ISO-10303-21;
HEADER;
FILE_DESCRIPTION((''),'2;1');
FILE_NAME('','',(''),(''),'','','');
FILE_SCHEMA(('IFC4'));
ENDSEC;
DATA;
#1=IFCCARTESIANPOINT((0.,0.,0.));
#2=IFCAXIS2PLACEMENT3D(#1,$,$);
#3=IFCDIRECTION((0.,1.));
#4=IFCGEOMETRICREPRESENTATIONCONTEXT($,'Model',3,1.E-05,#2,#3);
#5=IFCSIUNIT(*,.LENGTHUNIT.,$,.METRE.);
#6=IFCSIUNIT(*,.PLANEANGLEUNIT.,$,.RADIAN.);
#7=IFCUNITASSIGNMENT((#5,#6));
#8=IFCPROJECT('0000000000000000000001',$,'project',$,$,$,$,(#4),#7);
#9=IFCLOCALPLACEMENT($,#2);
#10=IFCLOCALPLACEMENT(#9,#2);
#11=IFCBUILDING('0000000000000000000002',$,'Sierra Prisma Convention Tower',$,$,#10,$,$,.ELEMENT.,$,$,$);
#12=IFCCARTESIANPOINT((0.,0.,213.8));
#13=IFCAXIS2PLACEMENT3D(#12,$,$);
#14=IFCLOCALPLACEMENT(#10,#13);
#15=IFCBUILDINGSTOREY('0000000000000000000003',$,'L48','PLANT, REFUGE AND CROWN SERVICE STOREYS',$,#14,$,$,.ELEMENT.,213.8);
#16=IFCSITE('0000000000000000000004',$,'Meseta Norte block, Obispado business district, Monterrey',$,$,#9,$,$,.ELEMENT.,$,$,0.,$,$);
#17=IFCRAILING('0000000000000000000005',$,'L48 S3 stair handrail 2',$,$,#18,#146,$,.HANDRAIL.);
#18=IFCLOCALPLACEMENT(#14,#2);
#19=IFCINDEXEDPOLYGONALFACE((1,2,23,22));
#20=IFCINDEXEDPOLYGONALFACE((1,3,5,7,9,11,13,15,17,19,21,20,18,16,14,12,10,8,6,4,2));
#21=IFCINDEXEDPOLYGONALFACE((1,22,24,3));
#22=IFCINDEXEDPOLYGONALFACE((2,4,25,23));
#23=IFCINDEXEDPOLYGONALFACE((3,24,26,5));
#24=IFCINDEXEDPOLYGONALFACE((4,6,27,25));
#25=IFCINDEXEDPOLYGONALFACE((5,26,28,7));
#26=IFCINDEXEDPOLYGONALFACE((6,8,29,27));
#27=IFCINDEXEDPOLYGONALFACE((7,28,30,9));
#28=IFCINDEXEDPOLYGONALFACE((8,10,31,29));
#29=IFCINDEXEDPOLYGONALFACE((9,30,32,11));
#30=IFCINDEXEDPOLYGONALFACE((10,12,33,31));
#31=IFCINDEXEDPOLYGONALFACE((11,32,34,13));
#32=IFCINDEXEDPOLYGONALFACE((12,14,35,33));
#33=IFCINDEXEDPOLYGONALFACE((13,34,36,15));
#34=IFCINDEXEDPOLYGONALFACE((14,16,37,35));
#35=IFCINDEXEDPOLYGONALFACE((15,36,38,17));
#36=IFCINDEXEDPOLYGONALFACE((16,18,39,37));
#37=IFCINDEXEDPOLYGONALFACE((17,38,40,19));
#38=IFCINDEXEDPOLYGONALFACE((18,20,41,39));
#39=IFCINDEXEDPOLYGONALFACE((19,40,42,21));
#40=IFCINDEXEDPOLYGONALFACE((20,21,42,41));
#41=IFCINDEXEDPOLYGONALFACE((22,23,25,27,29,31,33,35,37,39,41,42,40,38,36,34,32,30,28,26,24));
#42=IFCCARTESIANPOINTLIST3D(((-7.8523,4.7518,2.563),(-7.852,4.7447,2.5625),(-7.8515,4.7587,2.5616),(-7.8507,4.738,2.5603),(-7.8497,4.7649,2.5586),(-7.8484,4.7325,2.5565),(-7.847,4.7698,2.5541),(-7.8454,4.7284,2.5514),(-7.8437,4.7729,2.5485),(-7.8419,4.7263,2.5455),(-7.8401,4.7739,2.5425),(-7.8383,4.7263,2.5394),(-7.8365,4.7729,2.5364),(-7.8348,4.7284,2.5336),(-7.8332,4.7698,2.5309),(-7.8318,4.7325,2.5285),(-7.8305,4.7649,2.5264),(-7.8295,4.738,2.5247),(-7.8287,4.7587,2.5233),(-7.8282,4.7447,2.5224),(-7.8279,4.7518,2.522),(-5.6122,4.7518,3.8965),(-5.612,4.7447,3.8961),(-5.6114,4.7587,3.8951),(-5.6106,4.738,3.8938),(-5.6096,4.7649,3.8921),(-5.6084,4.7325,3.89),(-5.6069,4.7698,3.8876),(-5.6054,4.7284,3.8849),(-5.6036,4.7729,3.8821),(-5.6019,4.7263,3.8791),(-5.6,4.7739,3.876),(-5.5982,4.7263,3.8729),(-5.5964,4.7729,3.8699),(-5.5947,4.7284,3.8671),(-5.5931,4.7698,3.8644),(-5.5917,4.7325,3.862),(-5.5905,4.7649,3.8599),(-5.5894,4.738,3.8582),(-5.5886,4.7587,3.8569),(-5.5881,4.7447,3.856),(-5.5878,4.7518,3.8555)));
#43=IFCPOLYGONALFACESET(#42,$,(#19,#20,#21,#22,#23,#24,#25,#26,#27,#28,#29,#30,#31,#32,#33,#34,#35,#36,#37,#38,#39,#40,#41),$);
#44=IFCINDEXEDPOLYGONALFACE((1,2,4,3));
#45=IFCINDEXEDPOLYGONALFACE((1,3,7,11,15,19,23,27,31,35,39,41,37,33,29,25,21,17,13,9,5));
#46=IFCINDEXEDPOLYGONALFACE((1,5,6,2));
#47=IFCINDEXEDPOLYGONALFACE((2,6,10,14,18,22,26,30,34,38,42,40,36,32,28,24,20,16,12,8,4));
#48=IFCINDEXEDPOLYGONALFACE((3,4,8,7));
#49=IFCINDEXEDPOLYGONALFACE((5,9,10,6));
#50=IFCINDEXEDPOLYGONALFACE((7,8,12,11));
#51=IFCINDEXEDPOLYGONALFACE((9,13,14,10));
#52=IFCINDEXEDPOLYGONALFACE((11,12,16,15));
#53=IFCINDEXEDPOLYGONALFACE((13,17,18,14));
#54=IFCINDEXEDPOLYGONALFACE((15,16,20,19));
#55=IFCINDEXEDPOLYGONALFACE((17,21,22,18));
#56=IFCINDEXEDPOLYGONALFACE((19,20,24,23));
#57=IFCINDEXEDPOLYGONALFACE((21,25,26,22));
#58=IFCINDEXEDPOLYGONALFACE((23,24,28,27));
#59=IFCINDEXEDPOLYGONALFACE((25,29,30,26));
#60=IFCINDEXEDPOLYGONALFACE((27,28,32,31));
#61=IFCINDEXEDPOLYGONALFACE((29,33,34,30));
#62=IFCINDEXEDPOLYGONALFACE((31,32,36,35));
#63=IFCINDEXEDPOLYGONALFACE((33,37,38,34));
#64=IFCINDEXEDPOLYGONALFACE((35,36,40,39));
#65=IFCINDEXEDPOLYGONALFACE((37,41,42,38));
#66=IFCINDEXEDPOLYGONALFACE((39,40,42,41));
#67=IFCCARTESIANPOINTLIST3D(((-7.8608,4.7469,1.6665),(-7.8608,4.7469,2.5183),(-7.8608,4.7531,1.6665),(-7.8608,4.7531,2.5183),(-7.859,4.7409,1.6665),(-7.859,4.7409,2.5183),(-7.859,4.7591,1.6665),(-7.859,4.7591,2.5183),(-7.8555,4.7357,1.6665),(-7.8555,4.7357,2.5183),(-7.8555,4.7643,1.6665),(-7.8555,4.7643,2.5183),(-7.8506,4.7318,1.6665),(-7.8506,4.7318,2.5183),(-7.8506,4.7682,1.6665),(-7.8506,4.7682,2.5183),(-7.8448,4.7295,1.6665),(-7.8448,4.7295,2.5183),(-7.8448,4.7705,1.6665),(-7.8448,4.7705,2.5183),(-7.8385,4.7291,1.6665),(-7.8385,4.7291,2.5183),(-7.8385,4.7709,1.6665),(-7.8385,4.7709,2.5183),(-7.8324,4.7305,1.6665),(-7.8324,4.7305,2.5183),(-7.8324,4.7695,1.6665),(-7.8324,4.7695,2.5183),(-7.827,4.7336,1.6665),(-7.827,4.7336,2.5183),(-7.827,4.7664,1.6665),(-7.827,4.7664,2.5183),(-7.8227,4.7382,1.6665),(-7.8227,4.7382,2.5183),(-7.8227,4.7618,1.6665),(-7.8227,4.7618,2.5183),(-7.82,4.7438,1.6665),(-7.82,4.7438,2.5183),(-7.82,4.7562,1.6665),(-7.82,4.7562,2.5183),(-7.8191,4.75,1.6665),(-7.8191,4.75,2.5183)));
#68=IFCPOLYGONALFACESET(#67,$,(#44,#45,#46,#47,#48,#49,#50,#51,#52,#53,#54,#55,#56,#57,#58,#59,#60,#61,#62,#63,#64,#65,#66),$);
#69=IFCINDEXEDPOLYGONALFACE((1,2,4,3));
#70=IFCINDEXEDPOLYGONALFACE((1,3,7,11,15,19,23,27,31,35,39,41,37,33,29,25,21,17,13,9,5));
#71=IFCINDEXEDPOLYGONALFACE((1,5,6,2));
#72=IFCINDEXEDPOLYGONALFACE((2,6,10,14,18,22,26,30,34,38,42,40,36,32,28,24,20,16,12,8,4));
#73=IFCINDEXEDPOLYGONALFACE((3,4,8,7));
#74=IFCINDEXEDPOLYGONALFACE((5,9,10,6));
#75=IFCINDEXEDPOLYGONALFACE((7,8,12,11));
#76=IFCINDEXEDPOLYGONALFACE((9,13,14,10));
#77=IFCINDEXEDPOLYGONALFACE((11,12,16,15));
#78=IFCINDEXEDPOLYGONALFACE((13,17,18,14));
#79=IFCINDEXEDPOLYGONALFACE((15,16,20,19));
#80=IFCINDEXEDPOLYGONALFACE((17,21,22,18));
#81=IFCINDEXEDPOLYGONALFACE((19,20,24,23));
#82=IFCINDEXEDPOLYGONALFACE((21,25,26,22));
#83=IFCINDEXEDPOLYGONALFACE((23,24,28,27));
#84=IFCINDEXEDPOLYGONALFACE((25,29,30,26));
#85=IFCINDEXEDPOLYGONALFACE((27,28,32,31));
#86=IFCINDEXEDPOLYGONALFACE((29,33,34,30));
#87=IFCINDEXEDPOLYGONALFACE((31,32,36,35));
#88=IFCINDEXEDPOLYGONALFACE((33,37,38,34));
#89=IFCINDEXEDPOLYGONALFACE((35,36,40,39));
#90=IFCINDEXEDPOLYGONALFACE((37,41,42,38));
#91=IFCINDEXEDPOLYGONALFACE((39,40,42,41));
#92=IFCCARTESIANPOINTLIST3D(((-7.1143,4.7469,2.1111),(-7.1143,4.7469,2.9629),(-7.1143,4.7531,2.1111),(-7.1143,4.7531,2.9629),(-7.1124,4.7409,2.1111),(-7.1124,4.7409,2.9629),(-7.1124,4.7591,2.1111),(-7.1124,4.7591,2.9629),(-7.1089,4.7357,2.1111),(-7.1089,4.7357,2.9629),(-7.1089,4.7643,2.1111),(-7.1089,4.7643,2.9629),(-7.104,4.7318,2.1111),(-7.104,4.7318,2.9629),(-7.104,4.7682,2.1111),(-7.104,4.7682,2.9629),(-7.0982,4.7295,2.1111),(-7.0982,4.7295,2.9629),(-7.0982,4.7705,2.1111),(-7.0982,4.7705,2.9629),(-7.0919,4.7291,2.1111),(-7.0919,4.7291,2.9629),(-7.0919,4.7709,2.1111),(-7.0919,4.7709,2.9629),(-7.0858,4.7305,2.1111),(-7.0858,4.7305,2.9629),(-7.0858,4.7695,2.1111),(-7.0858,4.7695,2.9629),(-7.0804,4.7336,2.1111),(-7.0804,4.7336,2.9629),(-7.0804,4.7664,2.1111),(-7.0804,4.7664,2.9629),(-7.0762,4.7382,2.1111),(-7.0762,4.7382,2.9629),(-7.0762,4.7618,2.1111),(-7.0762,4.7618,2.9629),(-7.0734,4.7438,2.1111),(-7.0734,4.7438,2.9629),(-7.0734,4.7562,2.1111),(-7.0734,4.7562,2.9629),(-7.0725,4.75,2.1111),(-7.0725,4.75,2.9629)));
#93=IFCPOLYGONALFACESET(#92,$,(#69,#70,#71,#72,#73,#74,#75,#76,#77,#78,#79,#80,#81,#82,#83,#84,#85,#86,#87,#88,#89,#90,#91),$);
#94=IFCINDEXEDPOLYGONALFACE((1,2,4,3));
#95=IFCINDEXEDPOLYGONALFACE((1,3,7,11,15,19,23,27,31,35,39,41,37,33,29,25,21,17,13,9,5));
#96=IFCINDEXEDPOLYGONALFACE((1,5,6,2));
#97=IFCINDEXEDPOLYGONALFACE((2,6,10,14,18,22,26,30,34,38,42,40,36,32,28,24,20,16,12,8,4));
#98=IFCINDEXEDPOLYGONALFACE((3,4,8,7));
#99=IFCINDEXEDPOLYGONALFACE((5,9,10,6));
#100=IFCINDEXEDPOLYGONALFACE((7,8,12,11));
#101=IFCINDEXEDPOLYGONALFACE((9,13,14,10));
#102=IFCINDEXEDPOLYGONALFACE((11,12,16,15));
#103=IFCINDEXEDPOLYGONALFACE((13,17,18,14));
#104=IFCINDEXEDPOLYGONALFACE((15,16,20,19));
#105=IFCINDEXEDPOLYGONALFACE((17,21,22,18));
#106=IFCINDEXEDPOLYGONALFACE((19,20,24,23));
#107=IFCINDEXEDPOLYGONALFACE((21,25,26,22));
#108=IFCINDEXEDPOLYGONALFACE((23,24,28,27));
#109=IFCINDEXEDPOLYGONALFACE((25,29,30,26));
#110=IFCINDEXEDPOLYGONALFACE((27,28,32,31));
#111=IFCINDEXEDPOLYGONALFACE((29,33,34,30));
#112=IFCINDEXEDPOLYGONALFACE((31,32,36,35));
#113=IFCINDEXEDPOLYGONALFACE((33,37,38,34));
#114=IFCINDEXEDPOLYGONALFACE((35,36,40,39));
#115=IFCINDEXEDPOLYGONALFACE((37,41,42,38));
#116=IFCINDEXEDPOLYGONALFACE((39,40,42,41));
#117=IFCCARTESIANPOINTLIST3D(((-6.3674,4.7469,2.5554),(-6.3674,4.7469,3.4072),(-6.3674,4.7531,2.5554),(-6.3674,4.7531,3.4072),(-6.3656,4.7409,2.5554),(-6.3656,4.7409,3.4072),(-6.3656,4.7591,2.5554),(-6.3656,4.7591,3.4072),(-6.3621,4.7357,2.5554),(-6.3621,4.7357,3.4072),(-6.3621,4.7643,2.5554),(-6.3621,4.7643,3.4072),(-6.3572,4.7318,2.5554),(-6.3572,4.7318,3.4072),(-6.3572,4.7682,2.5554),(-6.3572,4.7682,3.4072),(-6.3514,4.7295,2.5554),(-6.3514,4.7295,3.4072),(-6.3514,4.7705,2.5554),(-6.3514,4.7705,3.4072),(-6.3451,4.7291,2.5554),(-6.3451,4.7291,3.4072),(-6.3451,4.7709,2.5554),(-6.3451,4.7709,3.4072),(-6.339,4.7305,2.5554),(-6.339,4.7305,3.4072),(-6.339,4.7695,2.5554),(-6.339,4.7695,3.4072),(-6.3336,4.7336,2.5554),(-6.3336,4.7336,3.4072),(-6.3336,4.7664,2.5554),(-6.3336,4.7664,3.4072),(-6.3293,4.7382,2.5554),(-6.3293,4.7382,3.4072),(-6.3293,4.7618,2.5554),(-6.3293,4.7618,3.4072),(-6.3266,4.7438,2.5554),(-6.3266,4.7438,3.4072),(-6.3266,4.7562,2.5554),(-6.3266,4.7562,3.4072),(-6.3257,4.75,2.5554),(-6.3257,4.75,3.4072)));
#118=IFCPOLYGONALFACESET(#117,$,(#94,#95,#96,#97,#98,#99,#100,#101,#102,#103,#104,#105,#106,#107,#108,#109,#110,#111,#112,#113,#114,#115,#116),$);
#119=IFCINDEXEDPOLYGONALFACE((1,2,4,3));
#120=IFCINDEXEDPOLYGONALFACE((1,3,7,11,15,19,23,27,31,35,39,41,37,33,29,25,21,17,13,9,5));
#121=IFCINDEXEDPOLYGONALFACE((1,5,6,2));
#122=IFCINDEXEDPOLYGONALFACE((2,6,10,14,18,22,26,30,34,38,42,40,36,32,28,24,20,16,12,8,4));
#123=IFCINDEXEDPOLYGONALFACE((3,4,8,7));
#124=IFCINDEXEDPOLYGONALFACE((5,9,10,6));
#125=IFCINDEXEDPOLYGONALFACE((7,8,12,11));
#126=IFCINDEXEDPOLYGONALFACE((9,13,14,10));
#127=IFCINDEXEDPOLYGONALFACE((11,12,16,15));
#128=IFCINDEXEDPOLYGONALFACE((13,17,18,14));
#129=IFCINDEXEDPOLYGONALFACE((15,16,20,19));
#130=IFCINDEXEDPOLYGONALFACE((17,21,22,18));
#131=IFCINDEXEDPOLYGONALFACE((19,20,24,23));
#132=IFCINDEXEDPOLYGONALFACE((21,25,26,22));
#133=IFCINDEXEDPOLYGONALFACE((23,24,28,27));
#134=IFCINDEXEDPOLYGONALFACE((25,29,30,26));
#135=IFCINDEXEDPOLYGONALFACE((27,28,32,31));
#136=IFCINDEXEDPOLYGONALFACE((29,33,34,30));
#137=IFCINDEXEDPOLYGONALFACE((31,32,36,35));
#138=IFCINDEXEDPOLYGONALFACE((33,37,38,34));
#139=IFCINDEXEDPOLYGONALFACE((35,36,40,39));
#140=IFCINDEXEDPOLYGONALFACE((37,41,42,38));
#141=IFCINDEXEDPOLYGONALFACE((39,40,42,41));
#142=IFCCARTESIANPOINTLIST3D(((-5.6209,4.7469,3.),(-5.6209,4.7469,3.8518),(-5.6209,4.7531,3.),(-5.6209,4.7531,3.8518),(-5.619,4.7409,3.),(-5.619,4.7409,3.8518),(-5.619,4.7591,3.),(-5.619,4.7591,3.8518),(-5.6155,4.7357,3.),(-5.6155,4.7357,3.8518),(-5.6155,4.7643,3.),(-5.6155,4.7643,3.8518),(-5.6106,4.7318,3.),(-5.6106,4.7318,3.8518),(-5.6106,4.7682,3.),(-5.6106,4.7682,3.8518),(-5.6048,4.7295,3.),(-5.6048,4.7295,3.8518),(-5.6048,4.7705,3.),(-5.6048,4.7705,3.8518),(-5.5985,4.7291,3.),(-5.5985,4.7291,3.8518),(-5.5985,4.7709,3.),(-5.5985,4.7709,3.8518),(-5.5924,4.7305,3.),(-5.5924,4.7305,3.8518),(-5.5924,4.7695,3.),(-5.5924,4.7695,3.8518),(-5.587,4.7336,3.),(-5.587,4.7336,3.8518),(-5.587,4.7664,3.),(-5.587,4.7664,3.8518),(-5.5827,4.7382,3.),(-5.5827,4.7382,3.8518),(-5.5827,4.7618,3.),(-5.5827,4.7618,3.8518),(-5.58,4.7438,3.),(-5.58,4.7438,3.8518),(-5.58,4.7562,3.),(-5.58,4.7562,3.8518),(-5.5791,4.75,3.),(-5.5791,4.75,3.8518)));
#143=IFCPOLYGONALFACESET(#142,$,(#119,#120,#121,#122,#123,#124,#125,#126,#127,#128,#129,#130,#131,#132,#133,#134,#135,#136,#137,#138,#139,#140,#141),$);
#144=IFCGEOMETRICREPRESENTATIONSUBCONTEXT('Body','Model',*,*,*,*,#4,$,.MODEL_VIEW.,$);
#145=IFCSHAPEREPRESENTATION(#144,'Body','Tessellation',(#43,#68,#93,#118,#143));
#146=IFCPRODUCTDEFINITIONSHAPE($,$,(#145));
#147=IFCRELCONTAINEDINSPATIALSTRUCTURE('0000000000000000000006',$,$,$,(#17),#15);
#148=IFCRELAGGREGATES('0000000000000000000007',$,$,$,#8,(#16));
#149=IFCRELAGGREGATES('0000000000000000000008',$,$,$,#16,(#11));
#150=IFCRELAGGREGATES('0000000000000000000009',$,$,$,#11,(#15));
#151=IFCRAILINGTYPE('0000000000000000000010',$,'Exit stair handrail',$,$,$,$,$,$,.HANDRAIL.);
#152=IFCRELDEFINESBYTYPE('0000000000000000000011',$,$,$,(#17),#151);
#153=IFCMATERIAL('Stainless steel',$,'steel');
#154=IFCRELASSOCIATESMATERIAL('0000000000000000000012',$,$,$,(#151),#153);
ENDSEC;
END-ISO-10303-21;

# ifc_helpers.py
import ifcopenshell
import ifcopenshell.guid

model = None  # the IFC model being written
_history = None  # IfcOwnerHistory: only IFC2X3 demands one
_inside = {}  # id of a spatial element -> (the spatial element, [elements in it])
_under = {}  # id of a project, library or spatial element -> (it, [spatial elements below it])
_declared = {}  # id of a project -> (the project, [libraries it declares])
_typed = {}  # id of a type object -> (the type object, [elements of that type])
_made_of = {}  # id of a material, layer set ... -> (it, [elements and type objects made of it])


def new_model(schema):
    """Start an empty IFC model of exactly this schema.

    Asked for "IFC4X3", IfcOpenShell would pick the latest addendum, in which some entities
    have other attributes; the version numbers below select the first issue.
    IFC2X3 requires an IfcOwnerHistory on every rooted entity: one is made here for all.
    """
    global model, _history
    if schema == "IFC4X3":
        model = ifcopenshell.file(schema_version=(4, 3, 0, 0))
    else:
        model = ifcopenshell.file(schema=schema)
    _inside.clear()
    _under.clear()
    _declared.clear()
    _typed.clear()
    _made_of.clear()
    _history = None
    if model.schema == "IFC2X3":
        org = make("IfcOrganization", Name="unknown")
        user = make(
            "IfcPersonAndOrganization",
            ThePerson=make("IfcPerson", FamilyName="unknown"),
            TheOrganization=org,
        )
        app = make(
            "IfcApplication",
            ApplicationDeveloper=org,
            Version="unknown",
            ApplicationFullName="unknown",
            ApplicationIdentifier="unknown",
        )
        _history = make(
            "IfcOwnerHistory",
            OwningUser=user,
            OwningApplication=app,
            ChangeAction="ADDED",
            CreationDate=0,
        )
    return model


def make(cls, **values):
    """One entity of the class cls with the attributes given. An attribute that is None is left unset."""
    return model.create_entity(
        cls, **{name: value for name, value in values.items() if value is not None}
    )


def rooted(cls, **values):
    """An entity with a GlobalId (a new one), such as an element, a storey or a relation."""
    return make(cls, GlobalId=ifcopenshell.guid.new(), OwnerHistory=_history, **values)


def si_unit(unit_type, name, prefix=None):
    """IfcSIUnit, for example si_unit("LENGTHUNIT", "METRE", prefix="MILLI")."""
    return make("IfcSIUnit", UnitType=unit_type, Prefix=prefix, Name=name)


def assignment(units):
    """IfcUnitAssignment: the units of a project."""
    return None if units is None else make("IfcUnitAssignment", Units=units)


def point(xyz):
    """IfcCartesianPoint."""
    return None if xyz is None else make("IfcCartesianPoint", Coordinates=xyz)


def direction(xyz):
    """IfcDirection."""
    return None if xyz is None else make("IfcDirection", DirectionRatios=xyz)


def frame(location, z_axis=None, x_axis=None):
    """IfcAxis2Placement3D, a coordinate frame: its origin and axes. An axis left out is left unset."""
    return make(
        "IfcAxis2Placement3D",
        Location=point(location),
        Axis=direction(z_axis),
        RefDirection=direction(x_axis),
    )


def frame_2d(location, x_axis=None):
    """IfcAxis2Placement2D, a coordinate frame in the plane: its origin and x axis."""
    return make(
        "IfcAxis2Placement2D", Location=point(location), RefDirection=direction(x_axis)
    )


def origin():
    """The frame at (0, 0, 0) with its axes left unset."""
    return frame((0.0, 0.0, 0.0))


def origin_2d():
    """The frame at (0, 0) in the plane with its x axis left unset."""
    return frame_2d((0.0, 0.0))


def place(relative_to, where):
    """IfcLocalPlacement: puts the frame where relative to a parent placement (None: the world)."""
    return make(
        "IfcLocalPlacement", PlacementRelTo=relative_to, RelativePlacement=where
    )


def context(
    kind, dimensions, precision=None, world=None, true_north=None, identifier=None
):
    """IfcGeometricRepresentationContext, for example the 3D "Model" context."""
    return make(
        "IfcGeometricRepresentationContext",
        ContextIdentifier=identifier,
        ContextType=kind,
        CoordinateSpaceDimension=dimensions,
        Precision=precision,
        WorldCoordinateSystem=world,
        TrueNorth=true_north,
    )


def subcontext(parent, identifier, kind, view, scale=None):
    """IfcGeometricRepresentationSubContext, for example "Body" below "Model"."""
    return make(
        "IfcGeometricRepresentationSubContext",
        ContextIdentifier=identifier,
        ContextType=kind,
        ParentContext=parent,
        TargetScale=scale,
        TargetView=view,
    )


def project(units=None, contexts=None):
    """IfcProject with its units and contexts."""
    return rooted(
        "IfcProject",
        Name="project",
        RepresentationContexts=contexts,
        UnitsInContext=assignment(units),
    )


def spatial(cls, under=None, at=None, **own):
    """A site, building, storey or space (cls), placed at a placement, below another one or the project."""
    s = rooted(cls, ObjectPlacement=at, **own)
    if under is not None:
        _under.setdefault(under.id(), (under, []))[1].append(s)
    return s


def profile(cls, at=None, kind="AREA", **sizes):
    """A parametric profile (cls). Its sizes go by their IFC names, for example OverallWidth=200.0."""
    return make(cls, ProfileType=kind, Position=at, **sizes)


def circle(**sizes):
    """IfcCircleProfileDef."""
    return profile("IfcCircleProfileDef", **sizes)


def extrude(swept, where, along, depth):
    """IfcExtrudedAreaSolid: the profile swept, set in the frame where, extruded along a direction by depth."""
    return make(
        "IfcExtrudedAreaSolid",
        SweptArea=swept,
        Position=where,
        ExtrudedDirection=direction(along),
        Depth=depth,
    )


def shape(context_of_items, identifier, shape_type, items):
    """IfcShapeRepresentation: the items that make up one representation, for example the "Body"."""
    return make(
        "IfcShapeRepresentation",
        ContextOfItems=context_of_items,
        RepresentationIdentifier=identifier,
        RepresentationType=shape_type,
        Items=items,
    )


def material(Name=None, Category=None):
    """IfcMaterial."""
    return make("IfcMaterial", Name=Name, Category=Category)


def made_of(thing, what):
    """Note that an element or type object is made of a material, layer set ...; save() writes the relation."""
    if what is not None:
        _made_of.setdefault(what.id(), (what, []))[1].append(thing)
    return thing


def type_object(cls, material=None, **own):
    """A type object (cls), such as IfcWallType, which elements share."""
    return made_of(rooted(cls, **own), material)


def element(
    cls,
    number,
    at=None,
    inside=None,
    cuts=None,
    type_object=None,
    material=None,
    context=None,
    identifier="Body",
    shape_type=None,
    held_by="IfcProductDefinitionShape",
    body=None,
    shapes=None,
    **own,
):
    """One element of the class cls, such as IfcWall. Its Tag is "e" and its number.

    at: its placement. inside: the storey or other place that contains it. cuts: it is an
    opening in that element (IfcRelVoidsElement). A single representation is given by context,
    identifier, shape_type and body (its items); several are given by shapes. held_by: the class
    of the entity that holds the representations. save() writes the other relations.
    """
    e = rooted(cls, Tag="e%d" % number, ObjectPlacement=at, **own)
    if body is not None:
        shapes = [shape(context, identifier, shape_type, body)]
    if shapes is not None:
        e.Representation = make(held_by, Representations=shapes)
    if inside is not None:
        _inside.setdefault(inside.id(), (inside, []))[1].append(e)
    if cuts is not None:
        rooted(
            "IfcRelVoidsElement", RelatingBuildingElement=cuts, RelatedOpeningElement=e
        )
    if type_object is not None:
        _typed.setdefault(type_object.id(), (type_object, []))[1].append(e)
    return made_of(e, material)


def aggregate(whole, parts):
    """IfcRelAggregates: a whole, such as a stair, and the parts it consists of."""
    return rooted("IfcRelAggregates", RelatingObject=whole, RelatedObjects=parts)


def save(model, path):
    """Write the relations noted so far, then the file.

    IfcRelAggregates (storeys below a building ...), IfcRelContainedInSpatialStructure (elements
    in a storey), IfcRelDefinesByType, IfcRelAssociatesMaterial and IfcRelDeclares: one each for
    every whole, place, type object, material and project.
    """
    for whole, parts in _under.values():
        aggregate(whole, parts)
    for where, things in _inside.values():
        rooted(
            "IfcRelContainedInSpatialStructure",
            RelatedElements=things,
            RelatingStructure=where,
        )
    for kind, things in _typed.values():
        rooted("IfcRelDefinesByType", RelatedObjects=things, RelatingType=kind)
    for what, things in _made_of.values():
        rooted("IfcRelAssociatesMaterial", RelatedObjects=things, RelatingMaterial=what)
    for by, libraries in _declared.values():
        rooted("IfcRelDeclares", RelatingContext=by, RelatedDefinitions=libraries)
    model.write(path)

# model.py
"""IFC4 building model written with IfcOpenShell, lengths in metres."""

from ifc_helpers import new_model, si_unit, direction, frame, origin, origin_2d, place, context, subcontext, project, spatial, circle, extrude, material, type_object, element, save


model = new_model("IFC4")

# Units and contexts
model_context = context("Model", 3, precision=1e-05, world=origin(), true_north=direction((0.0, 1.0)))
body_context = subcontext(model_context, "Body", "Model", "MODEL_VIEW")
ifc_project = project(units=[si_unit("LENGTHUNIT", "METRE"), si_unit("PLANEANGLEUNIT", "RADIAN")], contexts=[model_context])

# Site, building, storey
site_placement = place(None, origin())
site = spatial("IfcSite", under=ifc_project, at=site_placement, Name="Meseta Norte block, Obispado business district, Monterrey", CompositionType="ELEMENT", RefElevation=0.0)
building_placement = place(site_placement, origin())
building = spatial("IfcBuilding", under=site, at=building_placement, Name="Sierra Prisma Convention Tower", CompositionType="ELEMENT")
storey_placement = place(building_placement, frame((0.0, 0.0, 213.8)))
storey = spatial("IfcBuildingStorey", under=building, at=storey_placement, Name="L48", Description="PLANT, REFUGE AND CROWN SERVICE STOREYS", CompositionType="ELEMENT", Elevation=213.8)

# Railing
ifc_material_1 = material(Name="Stainless steel", Category="steel")
railing_type_1 = type_object("IfcRailingType", Name="Exit stair handrail", PredefinedType="HANDRAIL", material=ifc_material_1)
for number, where, name in (
    (1, (-7.8401, 4.75, 1.6665), "L48 S3 stair handrail 2"),
):
    element("IfcRailing", number, at=place(storey_placement, frame(where)), inside=storey, type_object=railing_type_1, Name=name, PredefinedType="HANDRAIL", context=body_context, shape_type="SweptSolid", body=[
        extrude(circle(Radius=0.0239, at=origin_2d()), frame((0.0, 0.0, 0.876), z_axis=(0.859264, 0.0, 0.511532), x_axis=(0.0, 1.0, 0.0)), (0.0, 0.0, 1.0), 2.6069),
        extrude(circle(Radius=0.021, at=origin_2d()), origin(), (0.0, 0.0, 1.0), 0.8518),
        extrude(circle(Radius=0.021, at=origin_2d()), frame((0.7466, 0.0, 0.4446)), (0.0, 0.0, 1.0), 0.8518),
        extrude(circle(Radius=0.021, at=origin_2d()), frame((1.4934, 0.0, 0.8889)), (0.0, 0.0, 1.0), 0.8518),
        extrude(circle(Radius=0.021, at=origin_2d()), frame((2.24, 0.0, 1.3335)), (0.0, 0.0, 1.0), 0.8518),
    ])

save(model, "model.ifc")
